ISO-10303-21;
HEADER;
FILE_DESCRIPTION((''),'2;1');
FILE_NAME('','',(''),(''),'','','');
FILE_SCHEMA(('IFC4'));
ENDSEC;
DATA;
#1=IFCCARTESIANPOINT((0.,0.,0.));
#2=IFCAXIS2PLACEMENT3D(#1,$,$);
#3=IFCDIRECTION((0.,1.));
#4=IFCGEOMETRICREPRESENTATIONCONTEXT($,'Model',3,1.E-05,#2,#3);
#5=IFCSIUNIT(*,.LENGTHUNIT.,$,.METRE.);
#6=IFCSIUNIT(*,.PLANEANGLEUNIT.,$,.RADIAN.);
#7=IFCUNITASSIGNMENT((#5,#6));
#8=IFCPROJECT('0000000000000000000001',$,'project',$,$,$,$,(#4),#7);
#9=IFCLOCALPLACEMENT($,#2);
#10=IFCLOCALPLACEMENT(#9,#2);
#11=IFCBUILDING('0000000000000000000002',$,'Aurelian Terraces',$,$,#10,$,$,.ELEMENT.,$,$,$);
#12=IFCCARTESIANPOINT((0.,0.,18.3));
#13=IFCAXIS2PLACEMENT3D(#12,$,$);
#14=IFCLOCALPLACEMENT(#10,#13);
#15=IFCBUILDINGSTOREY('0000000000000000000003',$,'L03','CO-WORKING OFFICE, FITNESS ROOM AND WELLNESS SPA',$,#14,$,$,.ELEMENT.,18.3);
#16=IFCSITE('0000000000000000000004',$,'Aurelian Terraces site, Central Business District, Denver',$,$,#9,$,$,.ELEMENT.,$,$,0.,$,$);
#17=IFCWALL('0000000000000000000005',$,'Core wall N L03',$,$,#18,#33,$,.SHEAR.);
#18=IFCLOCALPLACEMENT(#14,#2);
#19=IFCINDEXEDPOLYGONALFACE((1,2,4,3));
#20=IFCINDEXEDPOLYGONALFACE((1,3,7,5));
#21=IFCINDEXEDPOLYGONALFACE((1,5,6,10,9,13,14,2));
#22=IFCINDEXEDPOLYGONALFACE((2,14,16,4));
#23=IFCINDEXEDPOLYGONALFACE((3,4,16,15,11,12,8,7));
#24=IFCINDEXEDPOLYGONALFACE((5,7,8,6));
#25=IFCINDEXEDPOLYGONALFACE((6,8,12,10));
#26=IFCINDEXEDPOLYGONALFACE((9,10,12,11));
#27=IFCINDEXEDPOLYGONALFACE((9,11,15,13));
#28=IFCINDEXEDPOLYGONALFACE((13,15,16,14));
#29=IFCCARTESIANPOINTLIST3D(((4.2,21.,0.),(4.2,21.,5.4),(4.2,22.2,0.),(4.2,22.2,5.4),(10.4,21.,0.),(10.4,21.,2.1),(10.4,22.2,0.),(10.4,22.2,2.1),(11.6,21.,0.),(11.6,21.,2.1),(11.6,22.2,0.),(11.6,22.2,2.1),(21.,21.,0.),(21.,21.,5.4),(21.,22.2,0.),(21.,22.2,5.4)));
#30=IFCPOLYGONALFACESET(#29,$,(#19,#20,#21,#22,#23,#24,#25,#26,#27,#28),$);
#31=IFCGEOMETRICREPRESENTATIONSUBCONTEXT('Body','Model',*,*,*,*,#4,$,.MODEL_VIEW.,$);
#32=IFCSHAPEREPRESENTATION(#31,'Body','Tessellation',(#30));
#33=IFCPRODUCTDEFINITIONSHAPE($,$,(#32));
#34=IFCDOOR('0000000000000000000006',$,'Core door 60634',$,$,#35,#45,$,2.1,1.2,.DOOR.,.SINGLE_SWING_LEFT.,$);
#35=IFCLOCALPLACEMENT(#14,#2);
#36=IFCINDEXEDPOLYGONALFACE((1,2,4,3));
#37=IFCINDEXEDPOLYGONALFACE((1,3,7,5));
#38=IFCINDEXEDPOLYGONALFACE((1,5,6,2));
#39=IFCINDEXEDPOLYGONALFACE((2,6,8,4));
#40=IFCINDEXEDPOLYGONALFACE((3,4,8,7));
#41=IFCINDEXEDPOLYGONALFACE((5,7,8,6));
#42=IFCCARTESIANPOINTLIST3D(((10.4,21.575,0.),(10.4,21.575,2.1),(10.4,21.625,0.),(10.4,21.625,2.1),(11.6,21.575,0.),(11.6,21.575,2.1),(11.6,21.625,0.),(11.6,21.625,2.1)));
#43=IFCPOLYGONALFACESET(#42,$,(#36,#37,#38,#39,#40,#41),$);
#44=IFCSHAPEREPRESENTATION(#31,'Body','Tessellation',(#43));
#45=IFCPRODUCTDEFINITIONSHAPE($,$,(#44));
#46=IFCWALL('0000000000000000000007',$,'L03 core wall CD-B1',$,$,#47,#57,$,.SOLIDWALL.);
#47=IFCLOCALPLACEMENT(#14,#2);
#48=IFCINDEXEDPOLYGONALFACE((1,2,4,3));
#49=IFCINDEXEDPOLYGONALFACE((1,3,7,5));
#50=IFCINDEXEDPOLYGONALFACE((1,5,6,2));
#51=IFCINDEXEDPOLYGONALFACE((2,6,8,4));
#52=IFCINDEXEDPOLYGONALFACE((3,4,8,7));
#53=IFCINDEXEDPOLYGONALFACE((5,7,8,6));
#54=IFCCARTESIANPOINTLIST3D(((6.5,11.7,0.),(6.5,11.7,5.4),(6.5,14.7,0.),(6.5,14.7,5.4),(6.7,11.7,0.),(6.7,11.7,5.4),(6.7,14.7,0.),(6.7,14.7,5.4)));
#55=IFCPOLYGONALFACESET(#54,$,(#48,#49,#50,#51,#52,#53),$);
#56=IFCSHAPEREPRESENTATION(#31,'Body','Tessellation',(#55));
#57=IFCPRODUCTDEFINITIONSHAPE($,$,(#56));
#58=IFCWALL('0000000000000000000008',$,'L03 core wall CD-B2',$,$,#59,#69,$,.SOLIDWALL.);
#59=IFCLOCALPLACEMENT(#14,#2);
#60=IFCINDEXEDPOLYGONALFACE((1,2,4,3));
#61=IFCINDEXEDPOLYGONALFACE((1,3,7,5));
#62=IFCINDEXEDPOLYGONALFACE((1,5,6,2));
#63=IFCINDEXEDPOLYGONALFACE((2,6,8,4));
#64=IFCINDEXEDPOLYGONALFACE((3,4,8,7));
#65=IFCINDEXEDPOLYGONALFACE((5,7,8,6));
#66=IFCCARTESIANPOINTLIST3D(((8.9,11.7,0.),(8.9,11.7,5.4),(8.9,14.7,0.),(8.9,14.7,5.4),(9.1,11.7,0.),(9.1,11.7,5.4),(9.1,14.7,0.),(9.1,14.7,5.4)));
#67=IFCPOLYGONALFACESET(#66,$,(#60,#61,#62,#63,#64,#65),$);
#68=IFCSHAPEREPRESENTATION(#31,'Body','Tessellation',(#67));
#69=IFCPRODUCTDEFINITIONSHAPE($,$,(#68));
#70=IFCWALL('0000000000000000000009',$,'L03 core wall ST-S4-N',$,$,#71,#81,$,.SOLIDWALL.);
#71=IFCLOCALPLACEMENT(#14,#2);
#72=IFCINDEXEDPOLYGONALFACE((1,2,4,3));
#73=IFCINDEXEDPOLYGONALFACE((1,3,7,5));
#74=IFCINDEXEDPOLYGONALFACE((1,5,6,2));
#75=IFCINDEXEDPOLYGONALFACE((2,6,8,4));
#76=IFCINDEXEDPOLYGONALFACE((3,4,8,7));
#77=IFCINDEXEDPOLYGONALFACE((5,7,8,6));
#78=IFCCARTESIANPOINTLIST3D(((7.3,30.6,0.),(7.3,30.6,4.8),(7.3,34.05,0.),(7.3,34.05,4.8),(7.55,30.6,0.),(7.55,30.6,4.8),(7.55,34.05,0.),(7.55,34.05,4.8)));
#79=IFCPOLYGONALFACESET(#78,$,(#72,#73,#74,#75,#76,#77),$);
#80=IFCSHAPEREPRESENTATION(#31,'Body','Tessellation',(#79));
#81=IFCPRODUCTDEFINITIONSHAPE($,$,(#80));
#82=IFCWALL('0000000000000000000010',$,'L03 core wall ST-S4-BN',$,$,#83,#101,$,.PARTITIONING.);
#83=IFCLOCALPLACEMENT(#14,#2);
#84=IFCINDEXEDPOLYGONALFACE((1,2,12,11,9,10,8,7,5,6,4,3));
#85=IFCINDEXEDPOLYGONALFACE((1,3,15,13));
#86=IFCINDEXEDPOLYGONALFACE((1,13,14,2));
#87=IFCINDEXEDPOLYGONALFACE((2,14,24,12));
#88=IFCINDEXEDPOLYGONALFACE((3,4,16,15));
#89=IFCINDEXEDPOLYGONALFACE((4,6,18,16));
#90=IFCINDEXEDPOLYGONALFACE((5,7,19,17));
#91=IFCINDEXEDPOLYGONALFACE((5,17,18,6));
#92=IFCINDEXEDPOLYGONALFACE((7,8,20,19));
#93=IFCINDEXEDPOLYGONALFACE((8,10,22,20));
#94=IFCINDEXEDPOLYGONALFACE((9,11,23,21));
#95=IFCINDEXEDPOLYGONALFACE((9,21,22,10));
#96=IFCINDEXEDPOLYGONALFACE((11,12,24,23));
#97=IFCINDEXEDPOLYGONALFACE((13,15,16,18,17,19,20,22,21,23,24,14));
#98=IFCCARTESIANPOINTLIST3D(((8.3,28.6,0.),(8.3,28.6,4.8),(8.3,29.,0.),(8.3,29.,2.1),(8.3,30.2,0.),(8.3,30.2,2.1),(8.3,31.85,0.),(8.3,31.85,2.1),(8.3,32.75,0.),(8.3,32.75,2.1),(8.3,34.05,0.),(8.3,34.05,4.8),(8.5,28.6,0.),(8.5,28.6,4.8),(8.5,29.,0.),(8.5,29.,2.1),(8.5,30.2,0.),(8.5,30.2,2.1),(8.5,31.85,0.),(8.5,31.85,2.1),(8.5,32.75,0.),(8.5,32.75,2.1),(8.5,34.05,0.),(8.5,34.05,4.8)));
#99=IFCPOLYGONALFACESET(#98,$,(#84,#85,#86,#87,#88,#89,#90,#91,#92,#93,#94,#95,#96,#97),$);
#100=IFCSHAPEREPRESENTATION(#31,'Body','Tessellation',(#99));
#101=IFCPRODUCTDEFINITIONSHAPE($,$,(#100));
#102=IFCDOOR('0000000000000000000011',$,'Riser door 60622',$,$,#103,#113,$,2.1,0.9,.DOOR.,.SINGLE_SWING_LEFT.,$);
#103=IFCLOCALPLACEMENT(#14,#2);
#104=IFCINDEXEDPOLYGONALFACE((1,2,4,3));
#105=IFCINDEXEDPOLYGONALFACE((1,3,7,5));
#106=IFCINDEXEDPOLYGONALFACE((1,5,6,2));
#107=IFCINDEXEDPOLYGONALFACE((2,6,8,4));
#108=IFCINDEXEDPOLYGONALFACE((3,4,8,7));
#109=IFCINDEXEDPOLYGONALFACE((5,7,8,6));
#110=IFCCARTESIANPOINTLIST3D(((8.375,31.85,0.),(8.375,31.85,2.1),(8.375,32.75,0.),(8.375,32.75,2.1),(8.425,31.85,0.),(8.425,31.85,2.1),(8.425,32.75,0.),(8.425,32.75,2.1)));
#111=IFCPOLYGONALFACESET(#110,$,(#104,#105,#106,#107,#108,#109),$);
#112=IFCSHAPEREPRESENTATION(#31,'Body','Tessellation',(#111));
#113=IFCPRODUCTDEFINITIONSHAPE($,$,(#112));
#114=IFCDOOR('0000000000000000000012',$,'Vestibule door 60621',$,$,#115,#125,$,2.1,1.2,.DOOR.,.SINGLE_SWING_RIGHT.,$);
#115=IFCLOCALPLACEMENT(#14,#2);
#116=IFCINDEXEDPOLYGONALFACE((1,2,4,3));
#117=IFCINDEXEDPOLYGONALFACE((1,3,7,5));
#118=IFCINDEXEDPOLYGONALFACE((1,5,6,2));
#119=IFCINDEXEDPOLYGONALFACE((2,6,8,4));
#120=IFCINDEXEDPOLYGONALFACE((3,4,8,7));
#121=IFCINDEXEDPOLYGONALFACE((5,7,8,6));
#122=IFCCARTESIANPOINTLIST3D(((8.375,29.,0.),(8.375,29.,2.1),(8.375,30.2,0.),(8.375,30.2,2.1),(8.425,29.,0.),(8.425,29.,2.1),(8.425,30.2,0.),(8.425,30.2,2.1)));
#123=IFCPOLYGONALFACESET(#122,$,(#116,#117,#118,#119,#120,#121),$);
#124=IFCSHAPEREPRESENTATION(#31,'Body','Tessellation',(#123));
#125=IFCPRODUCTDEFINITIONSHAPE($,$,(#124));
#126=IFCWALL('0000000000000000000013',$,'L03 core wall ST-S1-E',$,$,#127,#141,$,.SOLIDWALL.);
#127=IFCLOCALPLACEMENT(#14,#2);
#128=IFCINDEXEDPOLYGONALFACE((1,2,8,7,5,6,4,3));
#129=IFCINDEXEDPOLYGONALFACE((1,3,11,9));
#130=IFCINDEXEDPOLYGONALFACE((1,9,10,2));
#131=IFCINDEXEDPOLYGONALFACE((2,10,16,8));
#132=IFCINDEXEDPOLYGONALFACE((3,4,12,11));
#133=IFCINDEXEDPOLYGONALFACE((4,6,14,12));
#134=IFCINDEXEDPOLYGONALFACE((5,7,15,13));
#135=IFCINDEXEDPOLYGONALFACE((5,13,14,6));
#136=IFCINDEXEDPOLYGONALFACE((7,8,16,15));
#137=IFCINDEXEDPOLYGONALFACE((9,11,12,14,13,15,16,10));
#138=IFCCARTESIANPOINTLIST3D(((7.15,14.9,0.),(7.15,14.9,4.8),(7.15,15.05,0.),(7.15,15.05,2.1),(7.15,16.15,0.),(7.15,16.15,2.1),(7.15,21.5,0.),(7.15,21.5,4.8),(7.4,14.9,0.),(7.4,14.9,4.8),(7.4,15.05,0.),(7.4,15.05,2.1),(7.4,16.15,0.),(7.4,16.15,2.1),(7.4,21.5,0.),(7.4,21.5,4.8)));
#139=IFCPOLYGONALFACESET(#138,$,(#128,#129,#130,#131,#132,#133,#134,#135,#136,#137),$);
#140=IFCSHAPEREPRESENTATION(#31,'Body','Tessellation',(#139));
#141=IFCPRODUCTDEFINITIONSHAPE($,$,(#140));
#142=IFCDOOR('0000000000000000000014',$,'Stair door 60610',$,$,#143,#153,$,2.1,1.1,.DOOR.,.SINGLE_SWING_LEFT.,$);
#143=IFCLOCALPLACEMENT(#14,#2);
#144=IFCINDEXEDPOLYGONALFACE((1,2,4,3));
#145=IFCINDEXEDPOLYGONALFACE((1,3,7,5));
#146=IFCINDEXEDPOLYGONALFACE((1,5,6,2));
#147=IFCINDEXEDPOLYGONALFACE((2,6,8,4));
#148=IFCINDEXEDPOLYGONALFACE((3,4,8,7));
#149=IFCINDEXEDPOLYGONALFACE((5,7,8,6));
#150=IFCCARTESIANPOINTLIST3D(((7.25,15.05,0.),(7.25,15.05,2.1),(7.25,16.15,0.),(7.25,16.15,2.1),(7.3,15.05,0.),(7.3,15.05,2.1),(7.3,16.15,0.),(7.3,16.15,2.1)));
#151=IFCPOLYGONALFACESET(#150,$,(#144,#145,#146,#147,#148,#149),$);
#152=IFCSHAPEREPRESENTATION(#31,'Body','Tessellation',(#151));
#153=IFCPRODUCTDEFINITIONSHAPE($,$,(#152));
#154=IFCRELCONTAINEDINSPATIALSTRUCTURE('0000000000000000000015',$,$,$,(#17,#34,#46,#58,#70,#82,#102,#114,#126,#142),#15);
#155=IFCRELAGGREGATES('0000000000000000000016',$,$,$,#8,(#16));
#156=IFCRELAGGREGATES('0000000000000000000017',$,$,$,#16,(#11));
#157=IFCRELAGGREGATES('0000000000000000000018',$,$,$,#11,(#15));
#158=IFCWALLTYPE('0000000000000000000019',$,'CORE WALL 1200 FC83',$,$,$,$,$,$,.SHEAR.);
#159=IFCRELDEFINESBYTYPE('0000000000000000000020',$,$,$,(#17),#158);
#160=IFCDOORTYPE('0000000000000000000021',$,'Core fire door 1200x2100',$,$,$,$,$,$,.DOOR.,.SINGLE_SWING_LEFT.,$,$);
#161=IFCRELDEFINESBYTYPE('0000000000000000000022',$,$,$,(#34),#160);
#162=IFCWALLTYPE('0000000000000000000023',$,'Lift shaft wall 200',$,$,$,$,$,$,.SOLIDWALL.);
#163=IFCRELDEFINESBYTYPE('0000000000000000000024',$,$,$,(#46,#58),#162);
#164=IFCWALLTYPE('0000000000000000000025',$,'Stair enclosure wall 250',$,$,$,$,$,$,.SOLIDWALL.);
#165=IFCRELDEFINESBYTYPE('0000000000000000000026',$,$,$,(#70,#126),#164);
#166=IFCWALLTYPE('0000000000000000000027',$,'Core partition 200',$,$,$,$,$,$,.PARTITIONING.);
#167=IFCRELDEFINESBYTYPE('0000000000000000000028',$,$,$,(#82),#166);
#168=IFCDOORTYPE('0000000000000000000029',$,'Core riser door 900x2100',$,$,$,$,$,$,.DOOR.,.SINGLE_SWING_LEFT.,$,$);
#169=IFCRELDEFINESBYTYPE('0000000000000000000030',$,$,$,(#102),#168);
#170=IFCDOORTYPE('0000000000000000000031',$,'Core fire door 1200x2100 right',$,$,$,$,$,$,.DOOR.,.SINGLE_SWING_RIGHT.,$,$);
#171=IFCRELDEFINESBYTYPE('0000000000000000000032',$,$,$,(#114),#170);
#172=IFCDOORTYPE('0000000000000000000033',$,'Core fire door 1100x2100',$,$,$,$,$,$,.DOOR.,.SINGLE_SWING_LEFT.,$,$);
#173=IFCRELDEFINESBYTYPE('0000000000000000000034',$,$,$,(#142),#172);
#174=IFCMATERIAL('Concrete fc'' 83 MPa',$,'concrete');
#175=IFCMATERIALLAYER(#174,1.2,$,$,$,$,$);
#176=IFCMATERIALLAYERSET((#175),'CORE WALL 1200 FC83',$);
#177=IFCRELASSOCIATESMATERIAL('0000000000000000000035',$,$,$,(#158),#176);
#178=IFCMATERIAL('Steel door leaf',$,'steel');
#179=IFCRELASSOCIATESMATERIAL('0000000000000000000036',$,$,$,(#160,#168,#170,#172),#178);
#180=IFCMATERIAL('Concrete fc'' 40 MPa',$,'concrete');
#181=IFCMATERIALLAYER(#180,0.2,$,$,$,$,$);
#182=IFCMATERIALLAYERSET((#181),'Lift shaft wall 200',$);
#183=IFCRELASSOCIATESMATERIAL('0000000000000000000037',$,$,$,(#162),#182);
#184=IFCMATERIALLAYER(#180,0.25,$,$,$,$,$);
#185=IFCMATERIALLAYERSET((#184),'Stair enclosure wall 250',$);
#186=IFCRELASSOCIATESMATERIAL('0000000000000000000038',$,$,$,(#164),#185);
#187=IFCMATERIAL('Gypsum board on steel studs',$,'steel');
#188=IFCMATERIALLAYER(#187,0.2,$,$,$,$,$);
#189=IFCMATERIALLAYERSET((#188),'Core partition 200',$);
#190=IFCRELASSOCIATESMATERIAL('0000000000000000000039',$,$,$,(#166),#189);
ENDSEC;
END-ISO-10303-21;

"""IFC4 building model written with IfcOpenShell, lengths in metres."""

from ifc_helpers import new_model, si_unit, direction, frame, frame_2d, origin, place, context, subcontext, project, spatial, rectangle, extrude, source, transform, mapped, material, layer, layer_set, type_object, element, fill, save


model = new_model("IFC4")

# Units and contexts
model_context = context("Model", 3, precision=1e-05, world=origin(), true_north=direction((0.0, 1.0)))
body_context = subcontext(model_context, "Body", "Model", "MODEL_VIEW")
ifc_project = project(units=[si_unit("LENGTHUNIT", "METRE"), si_unit("PLANEANGLEUNIT", "RADIAN")], contexts=[model_context])

# Site, building, storey
site_placement = place(None, origin())
site = spatial("IfcSite", under=ifc_project, at=site_placement, Name="Aurelian Terraces site, Central Business District, Denver", CompositionType="ELEMENT", RefElevation=0.0)
building_placement = place(site_placement, origin())
building = spatial("IfcBuilding", under=site, at=building_placement, Name="Aurelian Terraces", CompositionType="ELEMENT")
storey_placement = place(building_placement, frame((0.0, 0.0, 18.3)))
storey = spatial("IfcBuildingStorey", under=building, at=storey_placement, Name="L03", Description="CO-WORKING OFFICE, FITNESS ROOM AND WELLNESS SPA", CompositionType="ELEMENT", Elevation=18.3)

# Wall, opening, door
ifc_material_1 = material(Name="Concrete fc' 83 MPa", Category="concrete")
ifc_layer_1 = layer(ifc_material_1, 1.2)
ifc_layer_set_1 = layer_set([ifc_layer_1], Name="CORE WALL 1200 FC83")
wall_type_1 = type_object("IfcWallType", Name="CORE WALL 1200 FC83", PredefinedType="SHEAR", material=ifc_layer_set_1)
shared_shape_1 = source(origin(), body_context, "Body", "SweptSolid", [
    extrude(rectangle(XDim=16.8, YDim=1.2, at=frame_2d((8.4, 0.0))), origin(), (0.0, 0.0, 1.0), 5.4),
])
wall_1_placement = place(storey_placement, frame((4.2, 21.6, 0.0), z_axis=(0.0, 0.0, 1.0), x_axis=(1.0, 0.0, 0.0)))
wall_1 = element("IfcWall", 1, at=wall_1_placement, inside=storey, type_object=wall_type_1, Name="Core wall N L03", PredefinedType="SHEAR", context=body_context, shape_type="MappedRepresentation", body=[
    mapped(shared_shape_1, transform((0.0, 0.0, 0.0), scale=1.0)),
])
shared_shape_2 = source(origin(), body_context, "Body", "SweptSolid", [
    extrude(rectangle(XDim=1.2, YDim=2.1, at=frame_2d((0.6, 1.05))), frame((0.0, 0.61, 0.0), z_axis=(0.0, -1.0, 0.0), x_axis=(1.0, 0.0, 0.0)), (0.0, 0.0, 1.0), 1.22),
])
opening_1_placement = place(wall_1_placement, frame((6.2, 0.0, 0.0)))
opening_1 = element("IfcOpeningElement", 2, at=opening_1_placement, cuts=wall_1, PredefinedType="OPENING", context=body_context, shape_type="MappedRepresentation", body=[
    mapped(shared_shape_2, transform((0.0, 0.0, 0.0), scale=1.0)),
])
ifc_material_2 = material(Name="Steel door leaf", Category="steel")
door_type_1 = type_object("IfcDoorType", Name="Core fire door 1200x2100", OperationType="SINGLE_SWING_LEFT", PredefinedType="DOOR", material=ifc_material_2)
shared_shape_3 = source(origin(), body_context, "Body", "SweptSolid", [
    extrude(rectangle(XDim=1.2, YDim=2.1, at=frame_2d((0.6, 1.05))), frame((0.0, 0.025, 0.0), z_axis=(0.0, -1.0, 0.0), x_axis=(1.0, 0.0, 0.0)), (0.0, 0.0, 1.0), 0.05),
])
door_1_placement = place(opening_1_placement, origin())
door_1 = element("IfcDoor", 3, at=door_1_placement, inside=storey, type_object=door_type_1, Name="Core door 60634", OperationType="SINGLE_SWING_LEFT", OverallHeight=2.1, OverallWidth=1.2, PredefinedType="DOOR", context=body_context, shape_type="MappedRepresentation", body=[
    mapped(shared_shape_3, transform((0.0, 0.0, 0.0), scale=1.0)),
])
fill(opening_1, door_1)

# Walls
ifc_material_3 = material(Name="Concrete fc' 40 MPa", Category="concrete")
ifc_layer_2 = layer(ifc_material_3, 0.2)
ifc_layer_set_2 = layer_set([ifc_layer_2], Name="Lift shaft wall 200")
wall_type_2 = type_object("IfcWallType", Name="Lift shaft wall 200", PredefinedType="SOLIDWALL", material=ifc_layer_set_2)
shared_shape_4 = source(origin(), body_context, "Body", "SweptSolid", [
    extrude(rectangle(XDim=3.0, YDim=0.2, at=frame_2d((1.5, 0.0))), origin(), (0.0, 0.0, 1.0), 5.4),
])
for number, where, z_axis, x_axis, name in (
    (4, (6.6, 11.7, 0.0), (0.0, 0.0, 1.0), (0.0, 1.0, 0.0), "L03 core wall CD-B1"),
    (5, (9.0, 11.7, 0.0), (0.0, 0.0, 1.0), (0.0, 1.0, 0.0), "L03 core wall CD-B2"),
):
    element("IfcWall", number, at=place(storey_placement, frame(where, z_axis=z_axis, x_axis=x_axis)), inside=storey, type_object=wall_type_2, Name=name, PredefinedType="SOLIDWALL", context=body_context, shape_type="MappedRepresentation", body=[
        mapped(shared_shape_4, transform((0.0, 0.0, 0.0), scale=1.0)),
    ])
ifc_layer_3 = layer(ifc_material_3, 0.25)
ifc_layer_set_3 = layer_set([ifc_layer_3], Name="Stair enclosure wall 250")
wall_type_3 = type_object("IfcWallType", Name="Stair enclosure wall 250", PredefinedType="SOLIDWALL", material=ifc_layer_set_3)
shared_shape_5 = source(origin(), body_context, "Body", "SweptSolid", [
    extrude(rectangle(XDim=3.45, YDim=0.25, at=frame_2d((1.725, 0.0))), origin(), (0.0, 0.0, 1.0), 4.8),
])
wall_2_placement = place(storey_placement, frame((7.425, 30.6, 0.0), z_axis=(0.0, 0.0, 1.0), x_axis=(0.0, 1.0, 0.0)))
element("IfcWall", 6, at=wall_2_placement, inside=storey, type_object=wall_type_3, Name="L03 core wall ST-S4-N", PredefinedType="SOLIDWALL", context=body_context, shape_type="MappedRepresentation", body=[
    mapped(shared_shape_5, transform((0.0, 0.0, 0.0), scale=1.0)),
])

# Wall, openings, doors
ifc_material_4 = material(Name="Gypsum board on steel studs", Category="steel")
ifc_layer_4 = layer(ifc_material_4, 0.2)
ifc_layer_set_4 = layer_set([ifc_layer_4], Name="Core partition 200")
wall_type_4 = type_object("IfcWallType", Name="Core partition 200", PredefinedType="PARTITIONING", material=ifc_layer_set_4)
shared_shape_6 = source(origin(), body_context, "Body", "SweptSolid", [
    extrude(rectangle(XDim=5.45, YDim=0.2, at=frame_2d((2.725, 0.0))), origin(), (0.0, 0.0, 1.0), 4.8),
])
wall_3_placement = place(storey_placement, frame((8.4, 28.6, 0.0), z_axis=(0.0, 0.0, 1.0), x_axis=(0.0, 1.0, 0.0)))
wall_3 = element("IfcWall", 7, at=wall_3_placement, inside=storey, type_object=wall_type_4, Name="L03 core wall ST-S4-BN", PredefinedType="PARTITIONING", context=body_context, shape_type="MappedRepresentation", body=[
    mapped(shared_shape_6, transform((0.0, 0.0, 0.0), scale=1.0)),
])
shared_shape_7 = source(origin(), body_context, "Body", "SweptSolid", [
    extrude(rectangle(XDim=1.2, YDim=2.1, at=frame_2d((0.6, 1.05))), frame((0.0, 0.11, 0.0), z_axis=(0.0, -1.0, 0.0), x_axis=(1.0, 0.0, 0.0)), (0.0, 0.0, 1.0), 0.22),
])
opening_2_placement = place(wall_3_placement, frame((0.4, 0.0, 0.0)))
opening_2 = element("IfcOpeningElement", 8, at=opening_2_placement, cuts=wall_3, PredefinedType="OPENING", context=body_context, shape_type="MappedRepresentation", body=[
    mapped(shared_shape_7, transform((0.0, 0.0, 0.0), scale=1.0)),
])
shared_shape_8 = source(origin(), body_context, "Body", "SweptSolid", [
    extrude(rectangle(XDim=0.9, YDim=2.1, at=frame_2d((0.45, 1.05))), frame((0.0, 0.11, 0.0), z_axis=(0.0, -1.0, 0.0), x_axis=(1.0, 0.0, 0.0)), (0.0, 0.0, 1.0), 0.22),
])
opening_3_placement = place(wall_3_placement, frame((3.25, 0.0, 0.0)))
opening_3 = element("IfcOpeningElement", 9, at=opening_3_placement, cuts=wall_3, PredefinedType="OPENING", context=body_context, shape_type="MappedRepresentation", body=[
    mapped(shared_shape_8, transform((0.0, 0.0, 0.0), scale=1.0)),
])
door_type_2 = type_object("IfcDoorType", Name="Core riser door 900x2100", OperationType="SINGLE_SWING_LEFT", PredefinedType="DOOR", material=ifc_material_2)
shared_shape_9 = source(origin(), body_context, "Body", "SweptSolid", [
    extrude(rectangle(XDim=0.9, YDim=2.1, at=frame_2d((0.45, 1.05))), frame((0.0, 0.025, 0.0), z_axis=(0.0, -1.0, 0.0), x_axis=(1.0, 0.0, 0.0)), (0.0, 0.0, 1.0), 0.05),
])
door_2_placement = place(opening_3_placement, origin())
door_2 = element("IfcDoor", 10, at=door_2_placement, inside=storey, type_object=door_type_2, Name="Riser door 60622", OperationType="SINGLE_SWING_LEFT", OverallHeight=2.1, OverallWidth=0.9, PredefinedType="DOOR", context=body_context, shape_type="MappedRepresentation", body=[
    mapped(shared_shape_9, transform((0.0, 0.0, 0.0), scale=1.0)),
])
fill(opening_3, door_2)
door_type_3 = type_object("IfcDoorType", Name="Core fire door 1200x2100 right", OperationType="SINGLE_SWING_RIGHT", PredefinedType="DOOR", material=ifc_material_2)
door_3_placement = place(opening_2_placement, origin())
door_3 = element("IfcDoor", 11, at=door_3_placement, inside=storey, type_object=door_type_3, Name="Vestibule door 60621", OperationType="SINGLE_SWING_RIGHT", OverallHeight=2.1, OverallWidth=1.2, PredefinedType="DOOR", context=body_context, shape_type="MappedRepresentation", body=[
    mapped(shared_shape_3, transform((0.0, 0.0, 0.0), scale=1.0)),
])
fill(opening_2, door_3)

# Wall, opening, door
shared_shape_10 = source(origin(), body_context, "Body", "SweptSolid", [
    extrude(rectangle(XDim=6.6, YDim=0.25, at=frame_2d((3.3, 0.0))), origin(), (0.0, 0.0, 1.0), 4.8),
])
wall_4_placement = place(storey_placement, frame((7.275, 14.9, 0.0), z_axis=(0.0, 0.0, 1.0), x_axis=(0.0, 1.0, 0.0)))
wall_4 = element("IfcWall", 12, at=wall_4_placement, inside=storey, type_object=wall_type_3, Name="L03 core wall ST-S1-E", PredefinedType="SOLIDWALL", context=body_context, shape_type="MappedRepresentation", body=[
    mapped(shared_shape_10, transform((0.0, 0.0, 0.0), scale=1.0)),
])
shared_shape_11 = source(origin(), body_context, "Body", "SweptSolid", [
    extrude(rectangle(XDim=1.1, YDim=2.1, at=frame_2d((0.55, 1.05))), frame((0.0, 0.135, 0.0), z_axis=(0.0, -1.0, 0.0), x_axis=(1.0, 0.0, 0.0)), (0.0, 0.0, 1.0), 0.27),
])
opening_4_placement = place(wall_4_placement, frame((0.15, 0.0, 0.0)))
opening_4 = element("IfcOpeningElement", 13, at=opening_4_placement, cuts=wall_4, PredefinedType="OPENING", context=body_context, shape_type="MappedRepresentation", body=[
    mapped(shared_shape_11, transform((0.0, 0.0, 0.0), scale=1.0)),
])
door_type_4 = type_object("IfcDoorType", Name="Core fire door 1100x2100", OperationType="SINGLE_SWING_LEFT", PredefinedType="DOOR", material=ifc_material_2)
shared_shape_12 = source(origin(), body_context, "Body", "SweptSolid", [
    extrude(rectangle(XDim=1.1, YDim=2.1, at=frame_2d((0.55, 1.05))), frame((0.0, 0.025, 0.0), z_axis=(0.0, -1.0, 0.0), x_axis=(1.0, 0.0, 0.0)), (0.0, 0.0, 1.0), 0.05),
])
door_4_placement = place(opening_4_placement, origin())
door_4 = element("IfcDoor", 14, at=door_4_placement, inside=storey, type_object=door_type_4, Name="Stair door 60610", OperationType="SINGLE_SWING_LEFT", OverallHeight=2.1, OverallWidth=1.1, PredefinedType="DOOR", context=body_context, shape_type="MappedRepresentation", body=[
    mapped(shared_shape_12, transform((0.0, 0.0, 0.0), scale=1.0)),
])
fill(opening_4, door_4)

save(model, "model.ifc")
